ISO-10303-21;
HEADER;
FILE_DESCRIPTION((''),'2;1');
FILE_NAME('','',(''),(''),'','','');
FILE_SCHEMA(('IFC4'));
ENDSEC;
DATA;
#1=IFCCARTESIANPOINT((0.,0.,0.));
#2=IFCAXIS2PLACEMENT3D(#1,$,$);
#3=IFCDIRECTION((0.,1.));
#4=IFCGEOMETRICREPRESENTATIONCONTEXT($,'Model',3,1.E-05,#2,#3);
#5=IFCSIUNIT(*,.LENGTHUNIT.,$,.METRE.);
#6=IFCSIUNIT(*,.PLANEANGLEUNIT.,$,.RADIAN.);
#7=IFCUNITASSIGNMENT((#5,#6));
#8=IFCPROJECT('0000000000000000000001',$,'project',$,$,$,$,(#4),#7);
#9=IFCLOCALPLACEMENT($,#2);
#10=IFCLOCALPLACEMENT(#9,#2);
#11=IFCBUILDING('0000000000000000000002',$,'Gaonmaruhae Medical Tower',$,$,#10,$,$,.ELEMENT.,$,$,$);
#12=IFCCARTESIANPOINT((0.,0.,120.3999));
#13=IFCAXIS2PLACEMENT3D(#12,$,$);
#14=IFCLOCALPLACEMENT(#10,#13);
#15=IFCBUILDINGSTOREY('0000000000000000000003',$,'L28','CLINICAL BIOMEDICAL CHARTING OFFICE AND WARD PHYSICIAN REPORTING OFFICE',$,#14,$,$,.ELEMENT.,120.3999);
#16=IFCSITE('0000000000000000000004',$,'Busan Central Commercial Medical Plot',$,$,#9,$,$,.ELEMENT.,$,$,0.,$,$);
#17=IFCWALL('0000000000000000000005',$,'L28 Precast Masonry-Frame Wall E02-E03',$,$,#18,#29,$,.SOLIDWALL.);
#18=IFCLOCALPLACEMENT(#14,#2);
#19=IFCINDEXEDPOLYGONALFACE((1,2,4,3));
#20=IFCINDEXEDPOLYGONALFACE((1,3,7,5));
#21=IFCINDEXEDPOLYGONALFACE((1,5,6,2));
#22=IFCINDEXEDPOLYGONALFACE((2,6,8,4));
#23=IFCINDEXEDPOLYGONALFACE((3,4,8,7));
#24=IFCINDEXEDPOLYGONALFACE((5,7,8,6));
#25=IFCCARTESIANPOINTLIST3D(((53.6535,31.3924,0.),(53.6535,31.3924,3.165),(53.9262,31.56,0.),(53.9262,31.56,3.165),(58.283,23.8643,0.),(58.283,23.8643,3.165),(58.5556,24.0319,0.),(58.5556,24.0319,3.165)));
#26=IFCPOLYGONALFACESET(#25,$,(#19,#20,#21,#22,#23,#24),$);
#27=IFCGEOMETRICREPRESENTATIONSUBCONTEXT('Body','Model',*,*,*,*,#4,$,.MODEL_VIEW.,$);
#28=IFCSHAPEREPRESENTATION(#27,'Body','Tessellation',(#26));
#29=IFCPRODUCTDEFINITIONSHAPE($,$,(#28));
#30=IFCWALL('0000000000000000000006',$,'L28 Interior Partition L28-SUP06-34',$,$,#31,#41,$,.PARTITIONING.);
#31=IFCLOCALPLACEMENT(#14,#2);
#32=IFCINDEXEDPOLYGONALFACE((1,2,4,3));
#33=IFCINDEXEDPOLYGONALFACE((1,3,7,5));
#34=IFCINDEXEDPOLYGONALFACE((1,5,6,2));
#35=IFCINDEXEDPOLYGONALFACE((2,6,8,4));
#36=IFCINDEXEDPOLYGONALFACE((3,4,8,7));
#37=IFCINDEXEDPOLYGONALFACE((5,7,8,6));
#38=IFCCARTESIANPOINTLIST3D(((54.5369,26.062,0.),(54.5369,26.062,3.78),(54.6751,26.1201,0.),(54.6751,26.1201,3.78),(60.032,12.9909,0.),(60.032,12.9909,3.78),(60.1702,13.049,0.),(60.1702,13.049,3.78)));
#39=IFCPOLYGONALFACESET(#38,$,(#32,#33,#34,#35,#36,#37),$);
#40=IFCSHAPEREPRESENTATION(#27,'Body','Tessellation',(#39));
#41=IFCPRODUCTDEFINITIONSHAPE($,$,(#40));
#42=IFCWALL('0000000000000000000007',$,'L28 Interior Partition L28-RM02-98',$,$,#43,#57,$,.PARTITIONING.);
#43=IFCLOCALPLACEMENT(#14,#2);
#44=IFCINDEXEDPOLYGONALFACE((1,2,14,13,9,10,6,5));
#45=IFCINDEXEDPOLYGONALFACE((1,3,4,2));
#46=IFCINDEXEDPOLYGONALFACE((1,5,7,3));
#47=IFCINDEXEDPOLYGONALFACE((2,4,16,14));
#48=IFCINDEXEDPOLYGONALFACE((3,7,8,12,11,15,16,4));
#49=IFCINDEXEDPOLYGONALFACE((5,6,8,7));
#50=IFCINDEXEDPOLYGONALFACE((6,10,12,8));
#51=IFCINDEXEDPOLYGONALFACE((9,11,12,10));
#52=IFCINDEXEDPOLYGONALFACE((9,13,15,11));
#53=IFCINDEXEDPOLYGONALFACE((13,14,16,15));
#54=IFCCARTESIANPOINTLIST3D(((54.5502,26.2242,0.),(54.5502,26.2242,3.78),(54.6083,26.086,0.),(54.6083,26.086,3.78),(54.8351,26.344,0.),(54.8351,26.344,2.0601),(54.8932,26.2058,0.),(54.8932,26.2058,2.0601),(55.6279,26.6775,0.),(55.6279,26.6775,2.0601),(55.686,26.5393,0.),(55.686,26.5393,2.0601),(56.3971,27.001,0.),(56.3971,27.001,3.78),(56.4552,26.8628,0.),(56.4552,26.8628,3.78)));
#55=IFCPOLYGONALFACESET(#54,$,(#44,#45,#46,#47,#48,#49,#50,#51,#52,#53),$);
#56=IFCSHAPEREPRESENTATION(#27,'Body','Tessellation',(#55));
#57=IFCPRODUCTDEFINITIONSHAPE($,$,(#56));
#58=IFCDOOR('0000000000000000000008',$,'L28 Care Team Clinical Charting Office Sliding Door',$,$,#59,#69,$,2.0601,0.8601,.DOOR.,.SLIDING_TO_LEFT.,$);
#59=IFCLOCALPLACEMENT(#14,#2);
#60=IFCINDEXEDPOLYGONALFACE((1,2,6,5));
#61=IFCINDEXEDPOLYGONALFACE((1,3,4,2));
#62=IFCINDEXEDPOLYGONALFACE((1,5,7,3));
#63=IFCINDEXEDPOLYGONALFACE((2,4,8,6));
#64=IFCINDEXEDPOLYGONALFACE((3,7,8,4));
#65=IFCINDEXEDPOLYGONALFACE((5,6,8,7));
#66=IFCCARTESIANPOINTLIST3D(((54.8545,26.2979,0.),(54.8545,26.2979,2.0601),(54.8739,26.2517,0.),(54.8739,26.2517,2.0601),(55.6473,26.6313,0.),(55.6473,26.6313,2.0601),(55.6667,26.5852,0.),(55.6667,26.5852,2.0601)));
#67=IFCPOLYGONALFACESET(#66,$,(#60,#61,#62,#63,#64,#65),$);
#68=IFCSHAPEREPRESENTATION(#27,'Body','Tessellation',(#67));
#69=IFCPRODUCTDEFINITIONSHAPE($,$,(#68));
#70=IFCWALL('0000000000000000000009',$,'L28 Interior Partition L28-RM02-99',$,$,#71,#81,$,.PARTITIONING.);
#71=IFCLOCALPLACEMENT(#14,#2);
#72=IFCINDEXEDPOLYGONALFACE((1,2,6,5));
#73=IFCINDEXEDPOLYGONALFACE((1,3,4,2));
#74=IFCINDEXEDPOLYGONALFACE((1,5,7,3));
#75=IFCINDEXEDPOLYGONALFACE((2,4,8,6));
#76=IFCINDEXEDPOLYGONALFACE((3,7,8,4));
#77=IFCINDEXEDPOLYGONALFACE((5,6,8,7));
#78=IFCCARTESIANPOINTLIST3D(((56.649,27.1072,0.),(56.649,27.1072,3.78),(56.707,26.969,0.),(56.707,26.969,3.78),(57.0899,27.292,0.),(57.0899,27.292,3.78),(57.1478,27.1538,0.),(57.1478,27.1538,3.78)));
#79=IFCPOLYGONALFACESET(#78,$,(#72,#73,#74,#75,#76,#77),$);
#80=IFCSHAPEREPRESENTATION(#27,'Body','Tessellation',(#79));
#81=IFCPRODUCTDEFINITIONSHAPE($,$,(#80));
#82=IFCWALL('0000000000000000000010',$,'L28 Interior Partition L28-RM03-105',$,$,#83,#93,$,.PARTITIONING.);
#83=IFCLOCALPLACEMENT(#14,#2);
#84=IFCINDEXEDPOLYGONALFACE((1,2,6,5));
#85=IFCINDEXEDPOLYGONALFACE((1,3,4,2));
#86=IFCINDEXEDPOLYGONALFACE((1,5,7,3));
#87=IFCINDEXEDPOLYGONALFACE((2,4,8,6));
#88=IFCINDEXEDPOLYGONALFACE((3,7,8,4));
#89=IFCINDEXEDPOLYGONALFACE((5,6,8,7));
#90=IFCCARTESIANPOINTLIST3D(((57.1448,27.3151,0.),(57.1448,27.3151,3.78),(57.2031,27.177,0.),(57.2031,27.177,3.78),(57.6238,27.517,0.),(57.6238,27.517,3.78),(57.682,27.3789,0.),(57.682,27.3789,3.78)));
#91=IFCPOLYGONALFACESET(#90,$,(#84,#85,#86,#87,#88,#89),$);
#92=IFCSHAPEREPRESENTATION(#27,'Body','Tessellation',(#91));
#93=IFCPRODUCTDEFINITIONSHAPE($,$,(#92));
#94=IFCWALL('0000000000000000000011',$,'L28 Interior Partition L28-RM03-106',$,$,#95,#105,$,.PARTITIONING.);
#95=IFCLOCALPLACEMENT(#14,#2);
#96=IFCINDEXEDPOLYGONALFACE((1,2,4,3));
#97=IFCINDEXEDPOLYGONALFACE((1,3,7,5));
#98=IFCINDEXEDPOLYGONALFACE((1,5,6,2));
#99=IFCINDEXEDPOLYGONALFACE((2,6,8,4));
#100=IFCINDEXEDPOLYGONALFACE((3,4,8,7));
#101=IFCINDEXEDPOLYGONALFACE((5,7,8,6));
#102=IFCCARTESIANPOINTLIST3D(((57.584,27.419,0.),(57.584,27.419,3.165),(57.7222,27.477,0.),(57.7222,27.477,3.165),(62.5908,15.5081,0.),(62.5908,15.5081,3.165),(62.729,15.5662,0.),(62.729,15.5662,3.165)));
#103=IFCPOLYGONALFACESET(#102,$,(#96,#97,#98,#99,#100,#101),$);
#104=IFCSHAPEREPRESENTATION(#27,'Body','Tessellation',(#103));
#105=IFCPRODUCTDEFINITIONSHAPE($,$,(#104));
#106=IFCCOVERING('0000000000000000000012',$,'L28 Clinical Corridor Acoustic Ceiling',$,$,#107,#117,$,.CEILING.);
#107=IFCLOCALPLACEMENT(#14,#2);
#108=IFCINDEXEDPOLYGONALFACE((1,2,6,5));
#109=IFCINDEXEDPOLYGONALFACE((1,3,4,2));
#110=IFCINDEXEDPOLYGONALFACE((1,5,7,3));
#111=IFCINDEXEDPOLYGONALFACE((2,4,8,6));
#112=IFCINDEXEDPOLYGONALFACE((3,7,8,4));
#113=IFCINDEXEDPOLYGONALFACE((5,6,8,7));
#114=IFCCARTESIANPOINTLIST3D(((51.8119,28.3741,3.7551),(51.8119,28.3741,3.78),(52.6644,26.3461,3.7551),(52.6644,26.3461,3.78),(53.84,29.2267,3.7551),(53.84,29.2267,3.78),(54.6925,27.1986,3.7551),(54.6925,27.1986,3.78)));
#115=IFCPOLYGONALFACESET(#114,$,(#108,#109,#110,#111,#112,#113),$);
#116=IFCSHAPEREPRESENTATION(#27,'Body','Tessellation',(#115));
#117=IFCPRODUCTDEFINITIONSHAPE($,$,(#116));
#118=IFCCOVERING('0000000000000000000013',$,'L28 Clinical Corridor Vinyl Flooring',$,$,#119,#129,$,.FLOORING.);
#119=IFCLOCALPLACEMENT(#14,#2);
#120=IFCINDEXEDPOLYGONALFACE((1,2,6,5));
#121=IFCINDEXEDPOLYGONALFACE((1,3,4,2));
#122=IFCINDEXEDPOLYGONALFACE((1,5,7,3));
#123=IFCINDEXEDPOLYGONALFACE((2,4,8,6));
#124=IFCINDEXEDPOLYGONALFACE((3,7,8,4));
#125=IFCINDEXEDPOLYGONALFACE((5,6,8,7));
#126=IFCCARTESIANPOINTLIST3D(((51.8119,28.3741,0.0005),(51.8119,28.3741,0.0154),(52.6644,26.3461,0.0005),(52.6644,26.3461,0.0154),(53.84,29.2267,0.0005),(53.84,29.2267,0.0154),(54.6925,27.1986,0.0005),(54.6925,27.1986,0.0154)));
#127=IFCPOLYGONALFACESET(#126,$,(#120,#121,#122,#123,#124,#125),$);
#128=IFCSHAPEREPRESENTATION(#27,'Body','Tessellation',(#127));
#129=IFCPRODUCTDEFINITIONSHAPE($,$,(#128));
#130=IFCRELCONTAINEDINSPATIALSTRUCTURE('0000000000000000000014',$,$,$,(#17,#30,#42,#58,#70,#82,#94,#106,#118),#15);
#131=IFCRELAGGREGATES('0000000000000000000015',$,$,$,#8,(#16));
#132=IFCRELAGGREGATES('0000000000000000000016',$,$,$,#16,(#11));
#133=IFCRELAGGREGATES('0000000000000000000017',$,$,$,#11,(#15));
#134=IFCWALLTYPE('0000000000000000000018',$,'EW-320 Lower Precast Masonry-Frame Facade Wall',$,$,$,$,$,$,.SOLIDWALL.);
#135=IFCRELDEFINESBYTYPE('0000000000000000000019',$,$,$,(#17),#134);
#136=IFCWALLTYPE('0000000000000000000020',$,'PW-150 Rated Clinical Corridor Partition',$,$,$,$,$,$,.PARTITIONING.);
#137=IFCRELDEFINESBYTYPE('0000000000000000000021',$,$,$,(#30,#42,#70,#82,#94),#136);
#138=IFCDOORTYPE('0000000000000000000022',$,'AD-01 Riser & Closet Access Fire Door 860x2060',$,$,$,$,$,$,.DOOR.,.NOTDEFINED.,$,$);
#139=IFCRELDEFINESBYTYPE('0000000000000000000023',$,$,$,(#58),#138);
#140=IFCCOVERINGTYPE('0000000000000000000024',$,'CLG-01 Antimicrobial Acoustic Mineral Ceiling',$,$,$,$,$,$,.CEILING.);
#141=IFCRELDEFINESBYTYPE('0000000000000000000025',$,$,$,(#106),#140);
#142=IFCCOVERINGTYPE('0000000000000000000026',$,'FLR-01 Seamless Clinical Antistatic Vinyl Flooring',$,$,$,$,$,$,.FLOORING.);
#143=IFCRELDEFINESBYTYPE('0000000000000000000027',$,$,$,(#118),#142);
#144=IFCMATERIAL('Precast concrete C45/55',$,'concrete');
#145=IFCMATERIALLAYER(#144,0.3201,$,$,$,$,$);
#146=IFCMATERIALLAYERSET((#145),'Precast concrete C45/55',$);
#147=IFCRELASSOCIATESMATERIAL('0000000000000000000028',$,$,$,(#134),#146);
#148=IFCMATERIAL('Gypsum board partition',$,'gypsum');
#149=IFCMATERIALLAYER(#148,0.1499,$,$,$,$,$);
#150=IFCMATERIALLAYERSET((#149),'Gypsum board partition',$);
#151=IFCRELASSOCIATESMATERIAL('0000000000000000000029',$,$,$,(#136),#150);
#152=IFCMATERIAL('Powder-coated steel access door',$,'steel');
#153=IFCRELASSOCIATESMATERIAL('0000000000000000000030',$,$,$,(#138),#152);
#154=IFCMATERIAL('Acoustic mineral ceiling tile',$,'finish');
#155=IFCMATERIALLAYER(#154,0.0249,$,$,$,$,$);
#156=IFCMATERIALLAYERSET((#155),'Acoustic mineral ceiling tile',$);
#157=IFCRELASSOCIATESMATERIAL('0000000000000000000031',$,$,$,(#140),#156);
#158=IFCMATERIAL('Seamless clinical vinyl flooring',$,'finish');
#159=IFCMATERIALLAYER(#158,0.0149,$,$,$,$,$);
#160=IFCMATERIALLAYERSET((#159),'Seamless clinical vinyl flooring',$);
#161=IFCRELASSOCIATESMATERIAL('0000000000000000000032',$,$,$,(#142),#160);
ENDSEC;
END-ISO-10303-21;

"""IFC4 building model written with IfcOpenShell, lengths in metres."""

from ifc_helpers import new_model, si_unit, direction, frame, frame_2d, origin, origin_2d, place, context, subcontext, project, spatial, rectangle, extrude, material, layer, layer_set, type_object, element, fill, save


model = new_model("IFC4")

# Units and contexts
model_context = context("Model", 3, precision=1e-05, world=origin(), true_north=direction((0.0, 1.0)))
body_context = subcontext(model_context, "Body", "Model", "MODEL_VIEW")
ifc_project = project(units=[si_unit("LENGTHUNIT", "METRE"), si_unit("PLANEANGLEUNIT", "RADIAN")], contexts=[model_context])

# Site, building, storey
site_placement = place(None, origin())
site = spatial("IfcSite", under=ifc_project, at=site_placement, Name="Busan Central Commercial Medical Plot", CompositionType="ELEMENT", RefElevation=0.0)
building_placement = place(site_placement, origin())
building = spatial("IfcBuilding", under=site, at=building_placement, Name="Gaonmaruhae Medical Tower", CompositionType="ELEMENT")
storey_placement = place(building_placement, frame((0.0, 0.0, 120.3999)))
storey = spatial("IfcBuildingStorey", under=building, at=storey_placement, Name="L28", Description="CLINICAL BIOMEDICAL CHARTING OFFICE AND WARD PHYSICIAN REPORTING OFFICE", CompositionType="ELEMENT", Elevation=120.3999)

# Walls
ifc_material_1 = material(Name="Precast concrete C45/55", Category="concrete")
ifc_layer_1 = layer(ifc_material_1, 0.3201)
ifc_layer_set_1 = layer_set([ifc_layer_1], Name="Precast concrete C45/55")
wall_type_1 = type_object("IfcWallType", Name="EW-320 Lower Precast Masonry-Frame Facade Wall", PredefinedType="SOLIDWALL", material=ifc_layer_set_1)
wall_1_placement = place(storey_placement, frame((53.7898, 31.4763, 0.0), z_axis=(0.0, 0.0, 1.0), x_axis=(0.523829, -0.851823, 0.0)))
element("IfcWall", 1, at=wall_1_placement, inside=storey, type_object=wall_type_1, Name="L28 Precast Masonry-Frame Wall E02-E03", PredefinedType="SOLIDWALL", context=body_context, shape_type="SweptSolid", body=[
    extrude(rectangle(XDim=8.8376, YDim=0.3201, at=frame_2d((4.4189, 0.0))), origin(), (0.0, 0.0, 1.0), 3.165),
])
ifc_material_2 = material(Name="Gypsum board partition", Category="gypsum")
ifc_layer_2 = layer(ifc_material_2, 0.1499)
ifc_layer_set_2 = layer_set([ifc_layer_2], Name="Gypsum board partition")
wall_type_2 = type_object("IfcWallType", Name="PW-150 Rated Clinical Corridor Partition", PredefinedType="PARTITIONING", material=ifc_layer_set_2)
wall_2_placement = place(storey_placement, frame((54.606, 26.0911, 0.0), z_axis=(0.0, 0.0, 1.0), x_axis=(0.387549, -0.921849, 0.0)))
element("IfcWall", 2, at=wall_2_placement, inside=storey, type_object=wall_type_2, Name="L28 Interior Partition L28-SUP06-34", PredefinedType="PARTITIONING", context=body_context, shape_type="SweptSolid", body=[
    extrude(rectangle(XDim=14.1792, YDim=0.1499, at=frame_2d((7.0896, 0.0))), origin(), (0.0, 0.0, 1.0), 3.78),
])

# Wall, opening, door
wall_3_placement = place(storey_placement, frame((54.5791, 26.155, 0.0), z_axis=(0.0, 0.0, 1.0), x_axis=(0.921778, 0.387719, 0.0)))
wall_3 = element("IfcWall", 3, at=wall_3_placement, inside=storey, type_object=wall_type_2, Name="L28 Interior Partition L28-RM02-98", PredefinedType="PARTITIONING", context=body_context, shape_type="SweptSolid", body=[
    extrude(rectangle(XDim=2.0037, YDim=0.1499, at=frame_2d((1.002, 0.0))), origin(), (0.0, 0.0, 1.0), 3.78),
])
opening_placement = place(wall_3_placement, frame((0.3091, 0.0, 0.0)))
opening = element("IfcOpeningElement", 4, at=opening_placement, cuts=wall_3, PredefinedType="OPENING", context=body_context, shape_type="SweptSolid", body=[
    extrude(rectangle(XDim=0.8601, YDim=2.0601, at=frame_2d((0.4302, 1.03))), frame((0.0, 0.085, 0.0), z_axis=(0.0, -1.0, 0.0), x_axis=(1.0, 0.0, 0.0)), (0.0, 0.0, 1.0), 0.1699),
])
ifc_material_3 = material(Name="Powder-coated steel access door", Category="steel")
door_type = type_object("IfcDoorType", Name="AD-01 Riser & Closet Access Fire Door 860x2060", OperationType="NOTDEFINED", PredefinedType="DOOR", material=ifc_material_3)
door_placement = place(opening_placement, origin())
door = element("IfcDoor", 5, at=door_placement, inside=storey, type_object=door_type, Name="L28 Care Team Clinical Charting Office Sliding Door", OperationType="SLIDING_TO_LEFT", OverallHeight=2.0601, OverallWidth=0.8601, PredefinedType="DOOR", context=body_context, shape_type="SweptSolid", body=[
    extrude(rectangle(XDim=0.8601, YDim=2.0601, at=frame_2d((0.4302, 1.03))), frame((0.0, 0.0249, 0.0), z_axis=(0.0, -1.0, 0.0), x_axis=(1.0, 0.0, 0.0)), (0.0, 0.0, 1.0), 0.05),
])
fill(opening, door)

# Walls
wall_4_placement = place(storey_placement, frame((56.678, 27.0381, 0.0), z_axis=(0.0, 0.0, 1.0), x_axis=(0.922259, 0.386573, 0.0)))
element("IfcWall", 6, at=wall_4_placement, inside=storey, type_object=wall_type_2, Name="L28 Interior Partition L28-RM02-99", PredefinedType="PARTITIONING", context=body_context, shape_type="SweptSolid", body=[
    extrude(rectangle(XDim=0.478, YDim=0.1499, at=frame_2d((0.239, 0.0))), origin(), (0.0, 0.0, 1.0), 3.78),
])
wall_5_placement = place(storey_placement, frame((57.1741, 27.2461, 0.0), z_axis=(0.0, 0.0, 1.0), x_axis=(0.921485, 0.388414, 0.0)))
element("IfcWall", 7, at=wall_5_placement, inside=storey, type_object=wall_type_2, Name="L28 Interior Partition L28-RM03-105", PredefinedType="PARTITIONING", context=body_context, shape_type="SweptSolid", body=[
    extrude(rectangle(XDim=0.5198, YDim=0.1499, at=frame_2d((0.2598, 0.0))), origin(), (0.0, 0.0, 1.0), 3.78),
])
wall_6_placement = place(storey_placement, frame((57.6531, 27.448, 0.0), z_axis=(0.0, 0.0, 1.0), x_axis=(0.387513, -0.921864, 0.0)))
element("IfcWall", 8, at=wall_6_placement, inside=storey, type_object=wall_type_2, Name="L28 Interior Partition L28-RM03-106", PredefinedType="PARTITIONING", context=body_context, shape_type="SweptSolid", body=[
    extrude(rectangle(XDim=12.9204, YDim=0.1499, at=frame_2d((6.4602, 0.0))), origin(), (0.0, 0.0, 1.0), 3.165),
])

# Coverings
ifc_material_4 = material(Name="Acoustic mineral ceiling tile", Category="finish")
ifc_layer_3 = layer(ifc_material_4, 0.0249)
ifc_layer_set_3 = layer_set([ifc_layer_3], Name="Acoustic mineral ceiling tile")
covering_type_1 = type_object("IfcCoveringType", Name="CLG-01 Antimicrobial Acoustic Mineral Ceiling", PredefinedType="CEILING", material=ifc_layer_set_3)
covering_1_placement = place(storey_placement, frame((53.2522, 27.7864, 3.7551), z_axis=(0.0, 0.0, 1.0), x_axis=(0.921863, 0.387516, 0.0)))
element("IfcCovering", 9, at=covering_1_placement, inside=storey, type_object=covering_type_1, Name="L28 Clinical Corridor Acoustic Ceiling", PredefinedType="CEILING", context=body_context, shape_type="SweptSolid", body=[
    extrude(rectangle(XDim=2.2, YDim=2.2, at=origin_2d()), origin(), (0.0, 0.0, 1.0), 0.0249),
])
ifc_material_5 = material(Name="Seamless clinical vinyl flooring", Category="finish")
ifc_layer_4 = layer(ifc_material_5, 0.0149)
ifc_layer_set_4 = layer_set([ifc_layer_4], Name="Seamless clinical vinyl flooring")
covering_type_2 = type_object("IfcCoveringType", Name="FLR-01 Seamless Clinical Antistatic Vinyl Flooring", PredefinedType="FLOORING", material=ifc_layer_set_4)
covering_2_placement = place(storey_placement, frame((53.2522, 27.7864, 0.0005), z_axis=(0.0, 0.0, 1.0), x_axis=(0.921863, 0.387516, 0.0)))
element("IfcCovering", 10, at=covering_2_placement, inside=storey, type_object=covering_type_2, Name="L28 Clinical Corridor Vinyl Flooring", PredefinedType="FLOORING", context=body_context, shape_type="SweptSolid", body=[
    extrude(rectangle(XDim=2.2, YDim=2.2, at=origin_2d()), origin(), (0.0, 0.0, 1.0), 0.0149),
])

save(model, "model.ifc")
